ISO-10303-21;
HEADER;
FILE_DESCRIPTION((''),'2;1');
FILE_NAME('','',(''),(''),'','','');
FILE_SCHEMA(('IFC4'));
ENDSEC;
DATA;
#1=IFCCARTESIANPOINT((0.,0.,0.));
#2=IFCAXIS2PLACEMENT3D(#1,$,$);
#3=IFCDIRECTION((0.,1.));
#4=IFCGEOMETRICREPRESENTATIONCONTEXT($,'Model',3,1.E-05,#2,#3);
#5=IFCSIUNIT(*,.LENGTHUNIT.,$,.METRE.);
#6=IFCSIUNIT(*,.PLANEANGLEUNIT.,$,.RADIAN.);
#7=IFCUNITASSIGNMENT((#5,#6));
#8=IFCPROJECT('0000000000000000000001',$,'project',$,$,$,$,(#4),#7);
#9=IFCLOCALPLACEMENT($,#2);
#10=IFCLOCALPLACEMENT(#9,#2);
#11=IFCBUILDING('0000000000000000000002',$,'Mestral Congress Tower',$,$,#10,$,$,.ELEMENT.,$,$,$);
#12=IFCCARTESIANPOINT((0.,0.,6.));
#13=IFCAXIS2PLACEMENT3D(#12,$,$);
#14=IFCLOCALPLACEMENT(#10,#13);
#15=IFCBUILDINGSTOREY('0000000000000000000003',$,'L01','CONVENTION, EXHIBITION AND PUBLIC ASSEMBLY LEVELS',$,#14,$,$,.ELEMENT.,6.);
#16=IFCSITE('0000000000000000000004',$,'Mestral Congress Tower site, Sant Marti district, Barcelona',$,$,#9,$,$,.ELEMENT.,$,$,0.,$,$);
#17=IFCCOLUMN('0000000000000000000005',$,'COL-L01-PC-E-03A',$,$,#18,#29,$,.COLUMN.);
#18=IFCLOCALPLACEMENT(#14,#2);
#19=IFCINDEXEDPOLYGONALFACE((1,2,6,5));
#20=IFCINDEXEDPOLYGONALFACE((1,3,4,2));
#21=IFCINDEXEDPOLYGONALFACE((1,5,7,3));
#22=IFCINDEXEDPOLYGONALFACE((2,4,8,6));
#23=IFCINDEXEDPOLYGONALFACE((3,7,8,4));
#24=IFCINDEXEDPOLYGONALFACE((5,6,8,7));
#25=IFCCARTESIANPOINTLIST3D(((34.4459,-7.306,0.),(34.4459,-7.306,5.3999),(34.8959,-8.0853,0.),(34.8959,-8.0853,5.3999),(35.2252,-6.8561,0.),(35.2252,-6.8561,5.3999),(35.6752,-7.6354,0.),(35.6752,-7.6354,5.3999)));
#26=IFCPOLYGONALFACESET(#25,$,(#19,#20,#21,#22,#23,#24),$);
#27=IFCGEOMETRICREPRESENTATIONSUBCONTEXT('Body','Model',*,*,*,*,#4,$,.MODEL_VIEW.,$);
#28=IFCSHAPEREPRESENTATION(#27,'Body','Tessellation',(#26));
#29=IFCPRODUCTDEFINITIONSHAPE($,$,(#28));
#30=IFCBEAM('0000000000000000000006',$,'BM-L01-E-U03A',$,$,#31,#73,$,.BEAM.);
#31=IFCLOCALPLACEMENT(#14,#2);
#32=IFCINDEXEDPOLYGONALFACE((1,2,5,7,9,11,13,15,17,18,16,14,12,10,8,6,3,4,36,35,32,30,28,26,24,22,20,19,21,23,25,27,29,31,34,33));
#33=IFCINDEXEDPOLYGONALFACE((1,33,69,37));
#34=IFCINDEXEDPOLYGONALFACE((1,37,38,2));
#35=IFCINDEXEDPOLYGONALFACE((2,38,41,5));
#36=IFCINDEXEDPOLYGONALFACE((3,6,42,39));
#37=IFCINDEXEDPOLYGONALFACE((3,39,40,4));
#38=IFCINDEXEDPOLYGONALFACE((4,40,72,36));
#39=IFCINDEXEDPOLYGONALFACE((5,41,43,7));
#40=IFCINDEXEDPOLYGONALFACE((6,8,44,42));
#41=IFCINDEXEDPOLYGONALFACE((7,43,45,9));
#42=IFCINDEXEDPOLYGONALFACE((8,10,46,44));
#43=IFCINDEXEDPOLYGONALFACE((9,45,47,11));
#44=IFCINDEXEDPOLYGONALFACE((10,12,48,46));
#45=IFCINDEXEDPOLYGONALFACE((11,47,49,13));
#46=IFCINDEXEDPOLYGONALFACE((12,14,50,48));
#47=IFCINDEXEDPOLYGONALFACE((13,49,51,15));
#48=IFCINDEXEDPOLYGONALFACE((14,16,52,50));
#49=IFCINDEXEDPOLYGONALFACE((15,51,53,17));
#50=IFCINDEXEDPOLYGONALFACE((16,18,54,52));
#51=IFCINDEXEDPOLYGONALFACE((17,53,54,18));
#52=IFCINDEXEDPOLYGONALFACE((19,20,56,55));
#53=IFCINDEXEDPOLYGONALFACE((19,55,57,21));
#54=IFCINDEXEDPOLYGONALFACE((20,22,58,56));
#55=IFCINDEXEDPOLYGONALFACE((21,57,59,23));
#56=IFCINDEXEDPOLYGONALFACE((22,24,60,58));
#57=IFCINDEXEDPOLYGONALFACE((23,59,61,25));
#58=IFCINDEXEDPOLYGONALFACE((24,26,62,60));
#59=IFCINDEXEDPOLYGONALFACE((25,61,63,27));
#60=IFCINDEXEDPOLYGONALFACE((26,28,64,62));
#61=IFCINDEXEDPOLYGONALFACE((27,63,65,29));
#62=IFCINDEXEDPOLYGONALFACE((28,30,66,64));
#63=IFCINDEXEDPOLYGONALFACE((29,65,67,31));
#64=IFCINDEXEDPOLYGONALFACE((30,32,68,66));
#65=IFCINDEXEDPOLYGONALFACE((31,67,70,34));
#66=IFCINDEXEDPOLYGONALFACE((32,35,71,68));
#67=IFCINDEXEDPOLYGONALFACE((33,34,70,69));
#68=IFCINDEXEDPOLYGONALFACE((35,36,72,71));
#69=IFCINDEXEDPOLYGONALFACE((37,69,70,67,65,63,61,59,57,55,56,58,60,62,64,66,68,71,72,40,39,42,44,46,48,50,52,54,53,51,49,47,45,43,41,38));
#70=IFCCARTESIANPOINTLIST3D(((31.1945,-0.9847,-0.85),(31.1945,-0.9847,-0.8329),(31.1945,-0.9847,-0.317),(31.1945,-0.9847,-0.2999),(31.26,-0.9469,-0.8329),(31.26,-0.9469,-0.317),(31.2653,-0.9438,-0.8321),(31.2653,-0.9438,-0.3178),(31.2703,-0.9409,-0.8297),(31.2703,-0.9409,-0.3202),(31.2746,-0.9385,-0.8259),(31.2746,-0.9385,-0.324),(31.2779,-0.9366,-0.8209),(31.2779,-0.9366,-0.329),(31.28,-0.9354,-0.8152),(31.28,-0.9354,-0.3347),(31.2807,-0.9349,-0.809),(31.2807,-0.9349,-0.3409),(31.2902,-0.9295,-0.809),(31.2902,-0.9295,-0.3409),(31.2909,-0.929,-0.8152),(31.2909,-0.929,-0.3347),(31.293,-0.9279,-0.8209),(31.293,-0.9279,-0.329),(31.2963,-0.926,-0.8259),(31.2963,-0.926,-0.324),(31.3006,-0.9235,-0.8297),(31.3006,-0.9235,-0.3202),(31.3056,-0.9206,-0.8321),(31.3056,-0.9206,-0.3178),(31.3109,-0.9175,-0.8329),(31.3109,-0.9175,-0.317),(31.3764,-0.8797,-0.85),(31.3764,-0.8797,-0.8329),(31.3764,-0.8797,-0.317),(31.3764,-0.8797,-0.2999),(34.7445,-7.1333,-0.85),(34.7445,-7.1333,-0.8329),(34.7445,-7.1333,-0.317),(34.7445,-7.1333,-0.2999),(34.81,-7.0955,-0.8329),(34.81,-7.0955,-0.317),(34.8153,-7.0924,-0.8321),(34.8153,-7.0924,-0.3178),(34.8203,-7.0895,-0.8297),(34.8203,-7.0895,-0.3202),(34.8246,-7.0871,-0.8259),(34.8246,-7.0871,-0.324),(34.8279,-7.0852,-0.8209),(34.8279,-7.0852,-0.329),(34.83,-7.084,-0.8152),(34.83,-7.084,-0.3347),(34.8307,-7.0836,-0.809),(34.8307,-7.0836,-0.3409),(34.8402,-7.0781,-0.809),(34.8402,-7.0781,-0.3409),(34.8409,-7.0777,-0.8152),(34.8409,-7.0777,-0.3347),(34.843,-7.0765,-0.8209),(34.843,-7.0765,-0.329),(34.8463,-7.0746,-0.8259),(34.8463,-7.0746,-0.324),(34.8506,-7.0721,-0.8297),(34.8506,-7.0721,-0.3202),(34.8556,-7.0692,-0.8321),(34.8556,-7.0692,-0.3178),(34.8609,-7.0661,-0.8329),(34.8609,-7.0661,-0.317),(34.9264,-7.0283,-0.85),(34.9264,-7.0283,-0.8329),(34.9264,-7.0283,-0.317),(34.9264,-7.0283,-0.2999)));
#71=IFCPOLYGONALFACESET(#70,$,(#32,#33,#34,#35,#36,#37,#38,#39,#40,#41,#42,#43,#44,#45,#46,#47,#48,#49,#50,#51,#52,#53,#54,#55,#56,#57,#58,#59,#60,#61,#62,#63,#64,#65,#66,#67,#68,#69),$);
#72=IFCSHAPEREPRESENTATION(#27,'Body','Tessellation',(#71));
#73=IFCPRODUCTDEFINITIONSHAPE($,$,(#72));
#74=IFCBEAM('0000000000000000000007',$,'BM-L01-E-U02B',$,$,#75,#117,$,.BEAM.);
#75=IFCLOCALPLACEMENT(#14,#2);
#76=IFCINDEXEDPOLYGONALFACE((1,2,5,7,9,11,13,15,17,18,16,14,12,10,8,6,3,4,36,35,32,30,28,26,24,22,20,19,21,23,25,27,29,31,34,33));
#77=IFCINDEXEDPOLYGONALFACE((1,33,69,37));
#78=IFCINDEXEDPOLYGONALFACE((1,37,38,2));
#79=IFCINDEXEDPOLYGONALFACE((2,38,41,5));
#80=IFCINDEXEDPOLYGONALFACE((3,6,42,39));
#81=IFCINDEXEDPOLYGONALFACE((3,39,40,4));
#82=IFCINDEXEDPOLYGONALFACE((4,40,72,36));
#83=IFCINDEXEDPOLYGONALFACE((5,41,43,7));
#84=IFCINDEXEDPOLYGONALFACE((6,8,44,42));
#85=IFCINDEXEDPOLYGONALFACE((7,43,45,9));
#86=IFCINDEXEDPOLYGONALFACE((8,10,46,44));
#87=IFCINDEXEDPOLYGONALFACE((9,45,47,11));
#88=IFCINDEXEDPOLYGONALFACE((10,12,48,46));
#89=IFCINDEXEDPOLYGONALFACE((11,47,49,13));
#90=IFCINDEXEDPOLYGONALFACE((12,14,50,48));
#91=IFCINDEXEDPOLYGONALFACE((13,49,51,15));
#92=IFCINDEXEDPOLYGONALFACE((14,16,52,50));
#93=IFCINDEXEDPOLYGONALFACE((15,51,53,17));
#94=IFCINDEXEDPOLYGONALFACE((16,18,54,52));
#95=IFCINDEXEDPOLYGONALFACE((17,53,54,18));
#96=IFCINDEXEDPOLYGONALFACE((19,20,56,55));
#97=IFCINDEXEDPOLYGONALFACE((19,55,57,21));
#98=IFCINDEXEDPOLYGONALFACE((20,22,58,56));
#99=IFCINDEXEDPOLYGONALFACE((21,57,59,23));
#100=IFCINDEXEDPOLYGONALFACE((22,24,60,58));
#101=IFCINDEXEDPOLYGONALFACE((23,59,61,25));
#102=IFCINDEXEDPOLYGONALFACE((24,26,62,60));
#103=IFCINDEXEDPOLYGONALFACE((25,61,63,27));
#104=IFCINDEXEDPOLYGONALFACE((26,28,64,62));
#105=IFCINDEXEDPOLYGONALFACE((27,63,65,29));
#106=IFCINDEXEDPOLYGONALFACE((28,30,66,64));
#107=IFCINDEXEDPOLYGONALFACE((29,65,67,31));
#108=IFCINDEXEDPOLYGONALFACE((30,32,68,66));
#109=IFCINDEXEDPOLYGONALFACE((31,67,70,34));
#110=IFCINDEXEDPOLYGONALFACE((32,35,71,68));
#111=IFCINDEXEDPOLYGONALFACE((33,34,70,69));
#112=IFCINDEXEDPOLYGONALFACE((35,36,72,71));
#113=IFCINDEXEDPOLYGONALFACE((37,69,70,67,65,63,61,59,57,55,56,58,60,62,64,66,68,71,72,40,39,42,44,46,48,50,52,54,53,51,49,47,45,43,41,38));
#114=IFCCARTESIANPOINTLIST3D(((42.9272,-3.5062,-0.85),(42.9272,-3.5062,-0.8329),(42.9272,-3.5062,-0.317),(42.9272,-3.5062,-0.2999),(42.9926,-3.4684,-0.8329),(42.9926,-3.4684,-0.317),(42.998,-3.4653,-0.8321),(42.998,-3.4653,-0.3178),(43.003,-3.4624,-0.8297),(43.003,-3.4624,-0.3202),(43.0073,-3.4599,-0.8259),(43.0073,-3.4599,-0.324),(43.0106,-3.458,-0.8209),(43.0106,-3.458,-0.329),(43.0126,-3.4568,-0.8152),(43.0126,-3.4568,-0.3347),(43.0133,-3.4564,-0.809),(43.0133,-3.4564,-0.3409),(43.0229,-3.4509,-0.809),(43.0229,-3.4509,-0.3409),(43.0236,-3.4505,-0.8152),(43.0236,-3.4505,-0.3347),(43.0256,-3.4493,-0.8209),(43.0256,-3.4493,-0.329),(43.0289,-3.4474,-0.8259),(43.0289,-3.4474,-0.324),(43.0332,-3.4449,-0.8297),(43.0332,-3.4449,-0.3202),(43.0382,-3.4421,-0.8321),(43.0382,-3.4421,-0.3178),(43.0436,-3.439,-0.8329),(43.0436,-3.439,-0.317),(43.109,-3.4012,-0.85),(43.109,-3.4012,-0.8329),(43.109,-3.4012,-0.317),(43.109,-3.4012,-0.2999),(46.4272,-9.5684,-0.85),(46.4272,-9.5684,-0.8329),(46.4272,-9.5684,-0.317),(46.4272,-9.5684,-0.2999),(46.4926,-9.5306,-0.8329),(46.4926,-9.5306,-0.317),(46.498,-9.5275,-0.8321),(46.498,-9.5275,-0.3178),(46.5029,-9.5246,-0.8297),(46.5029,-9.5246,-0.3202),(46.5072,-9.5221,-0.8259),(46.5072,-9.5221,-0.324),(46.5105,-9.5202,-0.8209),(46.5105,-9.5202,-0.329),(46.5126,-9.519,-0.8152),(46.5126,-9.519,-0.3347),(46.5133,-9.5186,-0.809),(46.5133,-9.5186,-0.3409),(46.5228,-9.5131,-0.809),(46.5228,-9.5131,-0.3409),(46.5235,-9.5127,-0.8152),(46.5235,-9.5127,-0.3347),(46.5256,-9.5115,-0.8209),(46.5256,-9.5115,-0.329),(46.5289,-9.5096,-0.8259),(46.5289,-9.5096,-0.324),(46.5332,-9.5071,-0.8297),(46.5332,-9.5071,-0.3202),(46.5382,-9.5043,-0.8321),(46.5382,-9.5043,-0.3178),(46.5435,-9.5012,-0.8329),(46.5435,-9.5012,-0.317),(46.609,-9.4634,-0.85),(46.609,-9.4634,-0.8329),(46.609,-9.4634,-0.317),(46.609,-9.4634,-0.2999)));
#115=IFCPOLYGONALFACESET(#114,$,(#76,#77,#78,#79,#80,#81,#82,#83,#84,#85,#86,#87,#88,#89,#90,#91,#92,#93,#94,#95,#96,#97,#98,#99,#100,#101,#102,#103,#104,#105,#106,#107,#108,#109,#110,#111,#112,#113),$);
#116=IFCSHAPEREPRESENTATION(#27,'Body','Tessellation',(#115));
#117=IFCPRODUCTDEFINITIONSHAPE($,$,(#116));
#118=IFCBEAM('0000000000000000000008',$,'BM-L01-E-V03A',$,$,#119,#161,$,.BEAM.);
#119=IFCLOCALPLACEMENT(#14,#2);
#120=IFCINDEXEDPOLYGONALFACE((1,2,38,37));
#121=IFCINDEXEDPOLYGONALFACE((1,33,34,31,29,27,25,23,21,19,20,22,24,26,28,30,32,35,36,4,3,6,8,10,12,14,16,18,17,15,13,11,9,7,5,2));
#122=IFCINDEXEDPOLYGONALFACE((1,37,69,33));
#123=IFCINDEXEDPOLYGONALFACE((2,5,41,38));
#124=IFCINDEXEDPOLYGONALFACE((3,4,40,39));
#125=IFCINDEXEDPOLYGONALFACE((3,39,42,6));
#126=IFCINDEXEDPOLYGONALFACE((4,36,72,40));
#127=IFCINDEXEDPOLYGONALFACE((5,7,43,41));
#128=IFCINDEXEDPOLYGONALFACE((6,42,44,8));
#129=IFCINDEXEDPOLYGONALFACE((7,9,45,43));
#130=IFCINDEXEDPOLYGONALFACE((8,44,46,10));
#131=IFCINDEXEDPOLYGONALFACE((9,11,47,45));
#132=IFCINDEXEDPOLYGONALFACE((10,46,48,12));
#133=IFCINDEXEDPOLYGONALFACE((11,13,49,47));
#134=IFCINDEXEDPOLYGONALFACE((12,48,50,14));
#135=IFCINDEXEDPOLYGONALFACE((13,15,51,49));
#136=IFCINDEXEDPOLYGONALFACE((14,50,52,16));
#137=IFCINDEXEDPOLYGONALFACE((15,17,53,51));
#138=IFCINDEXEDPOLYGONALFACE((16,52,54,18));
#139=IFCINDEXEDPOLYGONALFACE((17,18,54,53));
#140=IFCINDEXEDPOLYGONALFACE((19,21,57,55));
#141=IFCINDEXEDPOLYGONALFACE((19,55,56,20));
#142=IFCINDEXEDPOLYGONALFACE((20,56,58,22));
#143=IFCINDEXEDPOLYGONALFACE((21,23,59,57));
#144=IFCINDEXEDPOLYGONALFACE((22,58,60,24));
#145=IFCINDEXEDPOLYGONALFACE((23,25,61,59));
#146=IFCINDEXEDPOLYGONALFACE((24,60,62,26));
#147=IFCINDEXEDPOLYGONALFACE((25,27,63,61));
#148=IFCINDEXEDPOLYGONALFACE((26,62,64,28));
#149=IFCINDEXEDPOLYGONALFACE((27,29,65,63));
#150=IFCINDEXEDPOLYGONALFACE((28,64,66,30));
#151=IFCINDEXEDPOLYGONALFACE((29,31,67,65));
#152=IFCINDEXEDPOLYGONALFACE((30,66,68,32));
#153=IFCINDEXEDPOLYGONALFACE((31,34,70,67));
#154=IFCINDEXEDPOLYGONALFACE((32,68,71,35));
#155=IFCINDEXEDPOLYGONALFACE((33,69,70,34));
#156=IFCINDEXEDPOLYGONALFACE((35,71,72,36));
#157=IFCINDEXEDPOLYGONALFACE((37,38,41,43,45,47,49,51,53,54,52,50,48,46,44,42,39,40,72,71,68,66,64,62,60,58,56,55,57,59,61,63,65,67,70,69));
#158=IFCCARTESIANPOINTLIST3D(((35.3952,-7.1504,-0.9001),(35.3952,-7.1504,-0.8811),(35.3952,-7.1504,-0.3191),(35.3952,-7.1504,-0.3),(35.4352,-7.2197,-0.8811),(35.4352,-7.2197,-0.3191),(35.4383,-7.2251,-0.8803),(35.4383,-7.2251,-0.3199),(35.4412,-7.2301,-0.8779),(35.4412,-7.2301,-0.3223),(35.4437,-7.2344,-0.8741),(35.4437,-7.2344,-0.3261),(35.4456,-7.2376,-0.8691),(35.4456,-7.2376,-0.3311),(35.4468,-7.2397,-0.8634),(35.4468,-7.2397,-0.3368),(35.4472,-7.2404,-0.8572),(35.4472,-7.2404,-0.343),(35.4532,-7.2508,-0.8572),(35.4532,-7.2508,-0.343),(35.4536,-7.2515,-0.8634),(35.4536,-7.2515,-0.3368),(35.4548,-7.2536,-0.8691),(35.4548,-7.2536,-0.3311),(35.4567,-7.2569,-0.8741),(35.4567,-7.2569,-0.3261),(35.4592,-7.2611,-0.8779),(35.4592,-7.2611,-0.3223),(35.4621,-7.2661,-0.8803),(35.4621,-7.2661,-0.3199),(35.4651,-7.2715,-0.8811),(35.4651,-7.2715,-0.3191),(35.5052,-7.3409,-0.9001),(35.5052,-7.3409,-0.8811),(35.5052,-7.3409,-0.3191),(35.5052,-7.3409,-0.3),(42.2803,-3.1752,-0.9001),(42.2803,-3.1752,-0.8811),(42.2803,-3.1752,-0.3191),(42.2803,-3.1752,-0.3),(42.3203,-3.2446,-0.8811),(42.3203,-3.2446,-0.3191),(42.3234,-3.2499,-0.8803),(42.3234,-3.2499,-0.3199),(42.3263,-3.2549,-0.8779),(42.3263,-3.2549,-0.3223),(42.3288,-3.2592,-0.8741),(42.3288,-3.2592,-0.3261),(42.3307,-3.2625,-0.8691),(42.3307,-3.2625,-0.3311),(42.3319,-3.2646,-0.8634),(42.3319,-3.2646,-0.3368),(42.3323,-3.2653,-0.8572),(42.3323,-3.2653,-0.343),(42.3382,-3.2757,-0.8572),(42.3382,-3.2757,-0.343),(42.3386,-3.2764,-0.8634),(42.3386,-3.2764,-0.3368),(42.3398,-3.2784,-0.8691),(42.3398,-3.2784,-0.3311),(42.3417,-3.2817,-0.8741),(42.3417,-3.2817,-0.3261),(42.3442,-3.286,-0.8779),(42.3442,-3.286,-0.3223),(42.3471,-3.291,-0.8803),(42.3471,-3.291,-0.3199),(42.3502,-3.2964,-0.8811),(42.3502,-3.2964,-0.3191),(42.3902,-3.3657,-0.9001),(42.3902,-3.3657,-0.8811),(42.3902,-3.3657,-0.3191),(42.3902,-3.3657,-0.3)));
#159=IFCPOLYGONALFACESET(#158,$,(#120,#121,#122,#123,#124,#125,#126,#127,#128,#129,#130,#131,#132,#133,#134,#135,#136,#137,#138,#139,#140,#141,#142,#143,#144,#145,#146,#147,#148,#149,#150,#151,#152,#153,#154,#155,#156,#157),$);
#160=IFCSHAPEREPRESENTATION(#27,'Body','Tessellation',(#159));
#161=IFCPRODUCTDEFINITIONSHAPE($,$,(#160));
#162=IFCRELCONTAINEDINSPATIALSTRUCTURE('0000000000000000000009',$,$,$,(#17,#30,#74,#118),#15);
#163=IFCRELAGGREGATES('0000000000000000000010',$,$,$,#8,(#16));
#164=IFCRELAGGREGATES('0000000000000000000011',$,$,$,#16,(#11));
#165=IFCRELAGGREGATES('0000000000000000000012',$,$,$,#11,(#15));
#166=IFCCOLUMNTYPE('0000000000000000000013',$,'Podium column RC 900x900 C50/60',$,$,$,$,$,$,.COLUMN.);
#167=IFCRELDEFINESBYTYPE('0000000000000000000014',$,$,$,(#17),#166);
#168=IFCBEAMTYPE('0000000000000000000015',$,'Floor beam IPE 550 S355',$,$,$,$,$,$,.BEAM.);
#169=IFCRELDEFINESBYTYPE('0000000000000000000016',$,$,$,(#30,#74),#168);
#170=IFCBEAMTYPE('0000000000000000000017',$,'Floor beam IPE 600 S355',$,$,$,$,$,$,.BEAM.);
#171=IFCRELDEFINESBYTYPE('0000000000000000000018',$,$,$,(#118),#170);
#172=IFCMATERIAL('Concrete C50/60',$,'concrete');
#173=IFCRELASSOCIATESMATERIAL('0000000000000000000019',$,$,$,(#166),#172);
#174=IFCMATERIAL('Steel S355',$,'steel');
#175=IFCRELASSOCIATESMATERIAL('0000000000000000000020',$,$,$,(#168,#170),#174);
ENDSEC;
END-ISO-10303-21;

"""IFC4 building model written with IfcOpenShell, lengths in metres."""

from ifc_helpers import new_model, si_unit, direction, frame, origin, origin_2d, place, context, subcontext, project, spatial, rectangle, i_section, extrude, material, material_profile, profile_set, type_object, element, save


model = new_model("IFC4")

# Units and contexts
model_context = context("Model", 3, precision=1e-05, world=origin(), true_north=direction((0.0, 1.0)))
body_context = subcontext(model_context, "Body", "Model", "MODEL_VIEW")
ifc_project = project(units=[si_unit("LENGTHUNIT", "METRE"), si_unit("PLANEANGLEUNIT", "RADIAN")], contexts=[model_context])

# Site, building, storey
site_placement = place(None, origin())
site = spatial("IfcSite", under=ifc_project, at=site_placement, Name="Mestral Congress Tower site, Sant Marti district, Barcelona", CompositionType="ELEMENT", RefElevation=0.0)
building_placement = place(site_placement, origin())
building = spatial("IfcBuilding", under=site, at=building_placement, Name="Mestral Congress Tower", CompositionType="ELEMENT")
storey_placement = place(building_placement, frame((0.0, 0.0, 6.0)))
storey = spatial("IfcBuildingStorey", under=building, at=storey_placement, Name="L01", Description="CONVENTION, EXHIBITION AND PUBLIC ASSEMBLY LEVELS", CompositionType="ELEMENT", Elevation=6.0)

# Column
ifc_material_1 = material(Name="Concrete C50/60", Category="concrete")
ifc_material_profile_1 = material_profile(ifc_material_1, rectangle(XDim=0.8999, YDim=0.8999, at=origin_2d()), Name="RC 900x900")
ifc_profile_set_1 = profile_set([ifc_material_profile_1], Name="Concrete C50/60")
column_type = type_object("IfcColumnType", Name="Podium column RC 900x900 C50/60", PredefinedType="COLUMN", material=ifc_profile_set_1)
column_placement = place(storey_placement, frame((35.0605, -7.4707, 0.0), z_axis=(0.0, 0.0, 1.0), x_axis=(-0.5, 0.866025, 0.0)))
element("IfcColumn", 1, at=column_placement, inside=storey, type_object=column_type, Name="COL-L01-PC-E-03A", PredefinedType="COLUMN", context=body_context, shape_type="SweptSolid", body=[
    extrude(rectangle(XDim=0.8999, YDim=0.8999, at=origin_2d()), origin(), (0.0, 0.0, 1.0), 5.3999),
])

# Beams
ifc_material_2 = material(Name="Steel S355", Category="steel")
ifc_material_profile_2 = material_profile(ifc_material_2, i_section(OverallWidth=0.21, OverallDepth=0.55, WebThickness=0.011, FlangeThickness=0.0171, FilletRadius=0.0239, at=origin_2d()), Name="IPE 550")
ifc_profile_set_2 = profile_set([ifc_material_profile_2], Name="Steel S355")
beam_type_1 = type_object("IfcBeamType", Name="Floor beam IPE 550 S355", PredefinedType="BEAM", material=ifc_profile_set_2)
beam_1_placement = place(storey_placement, frame((34.8354, -7.0808, -0.575), z_axis=(-0.500011, 0.866019, 0.0), x_axis=(-0.866019, -0.500011, 0.0)))
element("IfcBeam", 2, at=beam_1_placement, inside=storey, type_object=beam_type_1, Name="BM-L01-E-U03A", PredefinedType="BEAM", context=body_context, shape_type="SweptSolid", body=[
    extrude(i_section(OverallWidth=0.21, OverallDepth=0.55, WebThickness=0.011, FlangeThickness=0.0171, FilletRadius=0.0239, at=origin_2d()), origin(), (0.0, 0.0, 1.0), 7.0999),
])
beam_2_placement = place(storey_placement, frame((46.5181, -9.5159, -0.575), z_axis=(-0.499995, 0.866028, 0.0), x_axis=(-0.866028, -0.499995, 0.0)))
element("IfcBeam", 3, at=beam_2_placement, inside=storey, type_object=beam_type_1, Name="BM-L01-E-U02B", PredefinedType="BEAM", context=body_context, shape_type="SweptSolid", body=[
    extrude(i_section(OverallWidth=0.21, OverallDepth=0.55, WebThickness=0.011, FlangeThickness=0.0171, FilletRadius=0.0239, at=origin_2d()), origin(), (0.0, 0.0, 1.0), 7.0),
])
ifc_material_profile_3 = material_profile(ifc_material_2, i_section(OverallWidth=0.22, OverallDepth=0.6001, WebThickness=0.012, FlangeThickness=0.019, FilletRadius=0.0239, at=origin_2d()), Name="IPE 600")
ifc_profile_set_3 = profile_set([ifc_material_profile_3], Name="Steel S355")
beam_type_2 = type_object("IfcBeamType", Name="Floor beam IPE 600 S355", PredefinedType="BEAM", material=ifc_profile_set_3)
beam_3_placement = place(storey_placement, frame((35.4502, -7.2456, -0.6001), z_axis=(0.866023, 0.500003, 0.0), x_axis=(-0.500003, 0.866023, 0.0)))
element("IfcBeam", 4, at=beam_3_placement, inside=storey, type_object=beam_type_2, Name="BM-L01-E-V03A", PredefinedType="BEAM", context=body_context, shape_type="SweptSolid", body=[
    extrude(i_section(OverallWidth=0.22, OverallDepth=0.6001, WebThickness=0.012, FlangeThickness=0.019, FilletRadius=0.0239, at=origin_2d()), origin(), (0.0, 0.0, 1.0), 7.9502),
])

save(model, "model.ifc")
